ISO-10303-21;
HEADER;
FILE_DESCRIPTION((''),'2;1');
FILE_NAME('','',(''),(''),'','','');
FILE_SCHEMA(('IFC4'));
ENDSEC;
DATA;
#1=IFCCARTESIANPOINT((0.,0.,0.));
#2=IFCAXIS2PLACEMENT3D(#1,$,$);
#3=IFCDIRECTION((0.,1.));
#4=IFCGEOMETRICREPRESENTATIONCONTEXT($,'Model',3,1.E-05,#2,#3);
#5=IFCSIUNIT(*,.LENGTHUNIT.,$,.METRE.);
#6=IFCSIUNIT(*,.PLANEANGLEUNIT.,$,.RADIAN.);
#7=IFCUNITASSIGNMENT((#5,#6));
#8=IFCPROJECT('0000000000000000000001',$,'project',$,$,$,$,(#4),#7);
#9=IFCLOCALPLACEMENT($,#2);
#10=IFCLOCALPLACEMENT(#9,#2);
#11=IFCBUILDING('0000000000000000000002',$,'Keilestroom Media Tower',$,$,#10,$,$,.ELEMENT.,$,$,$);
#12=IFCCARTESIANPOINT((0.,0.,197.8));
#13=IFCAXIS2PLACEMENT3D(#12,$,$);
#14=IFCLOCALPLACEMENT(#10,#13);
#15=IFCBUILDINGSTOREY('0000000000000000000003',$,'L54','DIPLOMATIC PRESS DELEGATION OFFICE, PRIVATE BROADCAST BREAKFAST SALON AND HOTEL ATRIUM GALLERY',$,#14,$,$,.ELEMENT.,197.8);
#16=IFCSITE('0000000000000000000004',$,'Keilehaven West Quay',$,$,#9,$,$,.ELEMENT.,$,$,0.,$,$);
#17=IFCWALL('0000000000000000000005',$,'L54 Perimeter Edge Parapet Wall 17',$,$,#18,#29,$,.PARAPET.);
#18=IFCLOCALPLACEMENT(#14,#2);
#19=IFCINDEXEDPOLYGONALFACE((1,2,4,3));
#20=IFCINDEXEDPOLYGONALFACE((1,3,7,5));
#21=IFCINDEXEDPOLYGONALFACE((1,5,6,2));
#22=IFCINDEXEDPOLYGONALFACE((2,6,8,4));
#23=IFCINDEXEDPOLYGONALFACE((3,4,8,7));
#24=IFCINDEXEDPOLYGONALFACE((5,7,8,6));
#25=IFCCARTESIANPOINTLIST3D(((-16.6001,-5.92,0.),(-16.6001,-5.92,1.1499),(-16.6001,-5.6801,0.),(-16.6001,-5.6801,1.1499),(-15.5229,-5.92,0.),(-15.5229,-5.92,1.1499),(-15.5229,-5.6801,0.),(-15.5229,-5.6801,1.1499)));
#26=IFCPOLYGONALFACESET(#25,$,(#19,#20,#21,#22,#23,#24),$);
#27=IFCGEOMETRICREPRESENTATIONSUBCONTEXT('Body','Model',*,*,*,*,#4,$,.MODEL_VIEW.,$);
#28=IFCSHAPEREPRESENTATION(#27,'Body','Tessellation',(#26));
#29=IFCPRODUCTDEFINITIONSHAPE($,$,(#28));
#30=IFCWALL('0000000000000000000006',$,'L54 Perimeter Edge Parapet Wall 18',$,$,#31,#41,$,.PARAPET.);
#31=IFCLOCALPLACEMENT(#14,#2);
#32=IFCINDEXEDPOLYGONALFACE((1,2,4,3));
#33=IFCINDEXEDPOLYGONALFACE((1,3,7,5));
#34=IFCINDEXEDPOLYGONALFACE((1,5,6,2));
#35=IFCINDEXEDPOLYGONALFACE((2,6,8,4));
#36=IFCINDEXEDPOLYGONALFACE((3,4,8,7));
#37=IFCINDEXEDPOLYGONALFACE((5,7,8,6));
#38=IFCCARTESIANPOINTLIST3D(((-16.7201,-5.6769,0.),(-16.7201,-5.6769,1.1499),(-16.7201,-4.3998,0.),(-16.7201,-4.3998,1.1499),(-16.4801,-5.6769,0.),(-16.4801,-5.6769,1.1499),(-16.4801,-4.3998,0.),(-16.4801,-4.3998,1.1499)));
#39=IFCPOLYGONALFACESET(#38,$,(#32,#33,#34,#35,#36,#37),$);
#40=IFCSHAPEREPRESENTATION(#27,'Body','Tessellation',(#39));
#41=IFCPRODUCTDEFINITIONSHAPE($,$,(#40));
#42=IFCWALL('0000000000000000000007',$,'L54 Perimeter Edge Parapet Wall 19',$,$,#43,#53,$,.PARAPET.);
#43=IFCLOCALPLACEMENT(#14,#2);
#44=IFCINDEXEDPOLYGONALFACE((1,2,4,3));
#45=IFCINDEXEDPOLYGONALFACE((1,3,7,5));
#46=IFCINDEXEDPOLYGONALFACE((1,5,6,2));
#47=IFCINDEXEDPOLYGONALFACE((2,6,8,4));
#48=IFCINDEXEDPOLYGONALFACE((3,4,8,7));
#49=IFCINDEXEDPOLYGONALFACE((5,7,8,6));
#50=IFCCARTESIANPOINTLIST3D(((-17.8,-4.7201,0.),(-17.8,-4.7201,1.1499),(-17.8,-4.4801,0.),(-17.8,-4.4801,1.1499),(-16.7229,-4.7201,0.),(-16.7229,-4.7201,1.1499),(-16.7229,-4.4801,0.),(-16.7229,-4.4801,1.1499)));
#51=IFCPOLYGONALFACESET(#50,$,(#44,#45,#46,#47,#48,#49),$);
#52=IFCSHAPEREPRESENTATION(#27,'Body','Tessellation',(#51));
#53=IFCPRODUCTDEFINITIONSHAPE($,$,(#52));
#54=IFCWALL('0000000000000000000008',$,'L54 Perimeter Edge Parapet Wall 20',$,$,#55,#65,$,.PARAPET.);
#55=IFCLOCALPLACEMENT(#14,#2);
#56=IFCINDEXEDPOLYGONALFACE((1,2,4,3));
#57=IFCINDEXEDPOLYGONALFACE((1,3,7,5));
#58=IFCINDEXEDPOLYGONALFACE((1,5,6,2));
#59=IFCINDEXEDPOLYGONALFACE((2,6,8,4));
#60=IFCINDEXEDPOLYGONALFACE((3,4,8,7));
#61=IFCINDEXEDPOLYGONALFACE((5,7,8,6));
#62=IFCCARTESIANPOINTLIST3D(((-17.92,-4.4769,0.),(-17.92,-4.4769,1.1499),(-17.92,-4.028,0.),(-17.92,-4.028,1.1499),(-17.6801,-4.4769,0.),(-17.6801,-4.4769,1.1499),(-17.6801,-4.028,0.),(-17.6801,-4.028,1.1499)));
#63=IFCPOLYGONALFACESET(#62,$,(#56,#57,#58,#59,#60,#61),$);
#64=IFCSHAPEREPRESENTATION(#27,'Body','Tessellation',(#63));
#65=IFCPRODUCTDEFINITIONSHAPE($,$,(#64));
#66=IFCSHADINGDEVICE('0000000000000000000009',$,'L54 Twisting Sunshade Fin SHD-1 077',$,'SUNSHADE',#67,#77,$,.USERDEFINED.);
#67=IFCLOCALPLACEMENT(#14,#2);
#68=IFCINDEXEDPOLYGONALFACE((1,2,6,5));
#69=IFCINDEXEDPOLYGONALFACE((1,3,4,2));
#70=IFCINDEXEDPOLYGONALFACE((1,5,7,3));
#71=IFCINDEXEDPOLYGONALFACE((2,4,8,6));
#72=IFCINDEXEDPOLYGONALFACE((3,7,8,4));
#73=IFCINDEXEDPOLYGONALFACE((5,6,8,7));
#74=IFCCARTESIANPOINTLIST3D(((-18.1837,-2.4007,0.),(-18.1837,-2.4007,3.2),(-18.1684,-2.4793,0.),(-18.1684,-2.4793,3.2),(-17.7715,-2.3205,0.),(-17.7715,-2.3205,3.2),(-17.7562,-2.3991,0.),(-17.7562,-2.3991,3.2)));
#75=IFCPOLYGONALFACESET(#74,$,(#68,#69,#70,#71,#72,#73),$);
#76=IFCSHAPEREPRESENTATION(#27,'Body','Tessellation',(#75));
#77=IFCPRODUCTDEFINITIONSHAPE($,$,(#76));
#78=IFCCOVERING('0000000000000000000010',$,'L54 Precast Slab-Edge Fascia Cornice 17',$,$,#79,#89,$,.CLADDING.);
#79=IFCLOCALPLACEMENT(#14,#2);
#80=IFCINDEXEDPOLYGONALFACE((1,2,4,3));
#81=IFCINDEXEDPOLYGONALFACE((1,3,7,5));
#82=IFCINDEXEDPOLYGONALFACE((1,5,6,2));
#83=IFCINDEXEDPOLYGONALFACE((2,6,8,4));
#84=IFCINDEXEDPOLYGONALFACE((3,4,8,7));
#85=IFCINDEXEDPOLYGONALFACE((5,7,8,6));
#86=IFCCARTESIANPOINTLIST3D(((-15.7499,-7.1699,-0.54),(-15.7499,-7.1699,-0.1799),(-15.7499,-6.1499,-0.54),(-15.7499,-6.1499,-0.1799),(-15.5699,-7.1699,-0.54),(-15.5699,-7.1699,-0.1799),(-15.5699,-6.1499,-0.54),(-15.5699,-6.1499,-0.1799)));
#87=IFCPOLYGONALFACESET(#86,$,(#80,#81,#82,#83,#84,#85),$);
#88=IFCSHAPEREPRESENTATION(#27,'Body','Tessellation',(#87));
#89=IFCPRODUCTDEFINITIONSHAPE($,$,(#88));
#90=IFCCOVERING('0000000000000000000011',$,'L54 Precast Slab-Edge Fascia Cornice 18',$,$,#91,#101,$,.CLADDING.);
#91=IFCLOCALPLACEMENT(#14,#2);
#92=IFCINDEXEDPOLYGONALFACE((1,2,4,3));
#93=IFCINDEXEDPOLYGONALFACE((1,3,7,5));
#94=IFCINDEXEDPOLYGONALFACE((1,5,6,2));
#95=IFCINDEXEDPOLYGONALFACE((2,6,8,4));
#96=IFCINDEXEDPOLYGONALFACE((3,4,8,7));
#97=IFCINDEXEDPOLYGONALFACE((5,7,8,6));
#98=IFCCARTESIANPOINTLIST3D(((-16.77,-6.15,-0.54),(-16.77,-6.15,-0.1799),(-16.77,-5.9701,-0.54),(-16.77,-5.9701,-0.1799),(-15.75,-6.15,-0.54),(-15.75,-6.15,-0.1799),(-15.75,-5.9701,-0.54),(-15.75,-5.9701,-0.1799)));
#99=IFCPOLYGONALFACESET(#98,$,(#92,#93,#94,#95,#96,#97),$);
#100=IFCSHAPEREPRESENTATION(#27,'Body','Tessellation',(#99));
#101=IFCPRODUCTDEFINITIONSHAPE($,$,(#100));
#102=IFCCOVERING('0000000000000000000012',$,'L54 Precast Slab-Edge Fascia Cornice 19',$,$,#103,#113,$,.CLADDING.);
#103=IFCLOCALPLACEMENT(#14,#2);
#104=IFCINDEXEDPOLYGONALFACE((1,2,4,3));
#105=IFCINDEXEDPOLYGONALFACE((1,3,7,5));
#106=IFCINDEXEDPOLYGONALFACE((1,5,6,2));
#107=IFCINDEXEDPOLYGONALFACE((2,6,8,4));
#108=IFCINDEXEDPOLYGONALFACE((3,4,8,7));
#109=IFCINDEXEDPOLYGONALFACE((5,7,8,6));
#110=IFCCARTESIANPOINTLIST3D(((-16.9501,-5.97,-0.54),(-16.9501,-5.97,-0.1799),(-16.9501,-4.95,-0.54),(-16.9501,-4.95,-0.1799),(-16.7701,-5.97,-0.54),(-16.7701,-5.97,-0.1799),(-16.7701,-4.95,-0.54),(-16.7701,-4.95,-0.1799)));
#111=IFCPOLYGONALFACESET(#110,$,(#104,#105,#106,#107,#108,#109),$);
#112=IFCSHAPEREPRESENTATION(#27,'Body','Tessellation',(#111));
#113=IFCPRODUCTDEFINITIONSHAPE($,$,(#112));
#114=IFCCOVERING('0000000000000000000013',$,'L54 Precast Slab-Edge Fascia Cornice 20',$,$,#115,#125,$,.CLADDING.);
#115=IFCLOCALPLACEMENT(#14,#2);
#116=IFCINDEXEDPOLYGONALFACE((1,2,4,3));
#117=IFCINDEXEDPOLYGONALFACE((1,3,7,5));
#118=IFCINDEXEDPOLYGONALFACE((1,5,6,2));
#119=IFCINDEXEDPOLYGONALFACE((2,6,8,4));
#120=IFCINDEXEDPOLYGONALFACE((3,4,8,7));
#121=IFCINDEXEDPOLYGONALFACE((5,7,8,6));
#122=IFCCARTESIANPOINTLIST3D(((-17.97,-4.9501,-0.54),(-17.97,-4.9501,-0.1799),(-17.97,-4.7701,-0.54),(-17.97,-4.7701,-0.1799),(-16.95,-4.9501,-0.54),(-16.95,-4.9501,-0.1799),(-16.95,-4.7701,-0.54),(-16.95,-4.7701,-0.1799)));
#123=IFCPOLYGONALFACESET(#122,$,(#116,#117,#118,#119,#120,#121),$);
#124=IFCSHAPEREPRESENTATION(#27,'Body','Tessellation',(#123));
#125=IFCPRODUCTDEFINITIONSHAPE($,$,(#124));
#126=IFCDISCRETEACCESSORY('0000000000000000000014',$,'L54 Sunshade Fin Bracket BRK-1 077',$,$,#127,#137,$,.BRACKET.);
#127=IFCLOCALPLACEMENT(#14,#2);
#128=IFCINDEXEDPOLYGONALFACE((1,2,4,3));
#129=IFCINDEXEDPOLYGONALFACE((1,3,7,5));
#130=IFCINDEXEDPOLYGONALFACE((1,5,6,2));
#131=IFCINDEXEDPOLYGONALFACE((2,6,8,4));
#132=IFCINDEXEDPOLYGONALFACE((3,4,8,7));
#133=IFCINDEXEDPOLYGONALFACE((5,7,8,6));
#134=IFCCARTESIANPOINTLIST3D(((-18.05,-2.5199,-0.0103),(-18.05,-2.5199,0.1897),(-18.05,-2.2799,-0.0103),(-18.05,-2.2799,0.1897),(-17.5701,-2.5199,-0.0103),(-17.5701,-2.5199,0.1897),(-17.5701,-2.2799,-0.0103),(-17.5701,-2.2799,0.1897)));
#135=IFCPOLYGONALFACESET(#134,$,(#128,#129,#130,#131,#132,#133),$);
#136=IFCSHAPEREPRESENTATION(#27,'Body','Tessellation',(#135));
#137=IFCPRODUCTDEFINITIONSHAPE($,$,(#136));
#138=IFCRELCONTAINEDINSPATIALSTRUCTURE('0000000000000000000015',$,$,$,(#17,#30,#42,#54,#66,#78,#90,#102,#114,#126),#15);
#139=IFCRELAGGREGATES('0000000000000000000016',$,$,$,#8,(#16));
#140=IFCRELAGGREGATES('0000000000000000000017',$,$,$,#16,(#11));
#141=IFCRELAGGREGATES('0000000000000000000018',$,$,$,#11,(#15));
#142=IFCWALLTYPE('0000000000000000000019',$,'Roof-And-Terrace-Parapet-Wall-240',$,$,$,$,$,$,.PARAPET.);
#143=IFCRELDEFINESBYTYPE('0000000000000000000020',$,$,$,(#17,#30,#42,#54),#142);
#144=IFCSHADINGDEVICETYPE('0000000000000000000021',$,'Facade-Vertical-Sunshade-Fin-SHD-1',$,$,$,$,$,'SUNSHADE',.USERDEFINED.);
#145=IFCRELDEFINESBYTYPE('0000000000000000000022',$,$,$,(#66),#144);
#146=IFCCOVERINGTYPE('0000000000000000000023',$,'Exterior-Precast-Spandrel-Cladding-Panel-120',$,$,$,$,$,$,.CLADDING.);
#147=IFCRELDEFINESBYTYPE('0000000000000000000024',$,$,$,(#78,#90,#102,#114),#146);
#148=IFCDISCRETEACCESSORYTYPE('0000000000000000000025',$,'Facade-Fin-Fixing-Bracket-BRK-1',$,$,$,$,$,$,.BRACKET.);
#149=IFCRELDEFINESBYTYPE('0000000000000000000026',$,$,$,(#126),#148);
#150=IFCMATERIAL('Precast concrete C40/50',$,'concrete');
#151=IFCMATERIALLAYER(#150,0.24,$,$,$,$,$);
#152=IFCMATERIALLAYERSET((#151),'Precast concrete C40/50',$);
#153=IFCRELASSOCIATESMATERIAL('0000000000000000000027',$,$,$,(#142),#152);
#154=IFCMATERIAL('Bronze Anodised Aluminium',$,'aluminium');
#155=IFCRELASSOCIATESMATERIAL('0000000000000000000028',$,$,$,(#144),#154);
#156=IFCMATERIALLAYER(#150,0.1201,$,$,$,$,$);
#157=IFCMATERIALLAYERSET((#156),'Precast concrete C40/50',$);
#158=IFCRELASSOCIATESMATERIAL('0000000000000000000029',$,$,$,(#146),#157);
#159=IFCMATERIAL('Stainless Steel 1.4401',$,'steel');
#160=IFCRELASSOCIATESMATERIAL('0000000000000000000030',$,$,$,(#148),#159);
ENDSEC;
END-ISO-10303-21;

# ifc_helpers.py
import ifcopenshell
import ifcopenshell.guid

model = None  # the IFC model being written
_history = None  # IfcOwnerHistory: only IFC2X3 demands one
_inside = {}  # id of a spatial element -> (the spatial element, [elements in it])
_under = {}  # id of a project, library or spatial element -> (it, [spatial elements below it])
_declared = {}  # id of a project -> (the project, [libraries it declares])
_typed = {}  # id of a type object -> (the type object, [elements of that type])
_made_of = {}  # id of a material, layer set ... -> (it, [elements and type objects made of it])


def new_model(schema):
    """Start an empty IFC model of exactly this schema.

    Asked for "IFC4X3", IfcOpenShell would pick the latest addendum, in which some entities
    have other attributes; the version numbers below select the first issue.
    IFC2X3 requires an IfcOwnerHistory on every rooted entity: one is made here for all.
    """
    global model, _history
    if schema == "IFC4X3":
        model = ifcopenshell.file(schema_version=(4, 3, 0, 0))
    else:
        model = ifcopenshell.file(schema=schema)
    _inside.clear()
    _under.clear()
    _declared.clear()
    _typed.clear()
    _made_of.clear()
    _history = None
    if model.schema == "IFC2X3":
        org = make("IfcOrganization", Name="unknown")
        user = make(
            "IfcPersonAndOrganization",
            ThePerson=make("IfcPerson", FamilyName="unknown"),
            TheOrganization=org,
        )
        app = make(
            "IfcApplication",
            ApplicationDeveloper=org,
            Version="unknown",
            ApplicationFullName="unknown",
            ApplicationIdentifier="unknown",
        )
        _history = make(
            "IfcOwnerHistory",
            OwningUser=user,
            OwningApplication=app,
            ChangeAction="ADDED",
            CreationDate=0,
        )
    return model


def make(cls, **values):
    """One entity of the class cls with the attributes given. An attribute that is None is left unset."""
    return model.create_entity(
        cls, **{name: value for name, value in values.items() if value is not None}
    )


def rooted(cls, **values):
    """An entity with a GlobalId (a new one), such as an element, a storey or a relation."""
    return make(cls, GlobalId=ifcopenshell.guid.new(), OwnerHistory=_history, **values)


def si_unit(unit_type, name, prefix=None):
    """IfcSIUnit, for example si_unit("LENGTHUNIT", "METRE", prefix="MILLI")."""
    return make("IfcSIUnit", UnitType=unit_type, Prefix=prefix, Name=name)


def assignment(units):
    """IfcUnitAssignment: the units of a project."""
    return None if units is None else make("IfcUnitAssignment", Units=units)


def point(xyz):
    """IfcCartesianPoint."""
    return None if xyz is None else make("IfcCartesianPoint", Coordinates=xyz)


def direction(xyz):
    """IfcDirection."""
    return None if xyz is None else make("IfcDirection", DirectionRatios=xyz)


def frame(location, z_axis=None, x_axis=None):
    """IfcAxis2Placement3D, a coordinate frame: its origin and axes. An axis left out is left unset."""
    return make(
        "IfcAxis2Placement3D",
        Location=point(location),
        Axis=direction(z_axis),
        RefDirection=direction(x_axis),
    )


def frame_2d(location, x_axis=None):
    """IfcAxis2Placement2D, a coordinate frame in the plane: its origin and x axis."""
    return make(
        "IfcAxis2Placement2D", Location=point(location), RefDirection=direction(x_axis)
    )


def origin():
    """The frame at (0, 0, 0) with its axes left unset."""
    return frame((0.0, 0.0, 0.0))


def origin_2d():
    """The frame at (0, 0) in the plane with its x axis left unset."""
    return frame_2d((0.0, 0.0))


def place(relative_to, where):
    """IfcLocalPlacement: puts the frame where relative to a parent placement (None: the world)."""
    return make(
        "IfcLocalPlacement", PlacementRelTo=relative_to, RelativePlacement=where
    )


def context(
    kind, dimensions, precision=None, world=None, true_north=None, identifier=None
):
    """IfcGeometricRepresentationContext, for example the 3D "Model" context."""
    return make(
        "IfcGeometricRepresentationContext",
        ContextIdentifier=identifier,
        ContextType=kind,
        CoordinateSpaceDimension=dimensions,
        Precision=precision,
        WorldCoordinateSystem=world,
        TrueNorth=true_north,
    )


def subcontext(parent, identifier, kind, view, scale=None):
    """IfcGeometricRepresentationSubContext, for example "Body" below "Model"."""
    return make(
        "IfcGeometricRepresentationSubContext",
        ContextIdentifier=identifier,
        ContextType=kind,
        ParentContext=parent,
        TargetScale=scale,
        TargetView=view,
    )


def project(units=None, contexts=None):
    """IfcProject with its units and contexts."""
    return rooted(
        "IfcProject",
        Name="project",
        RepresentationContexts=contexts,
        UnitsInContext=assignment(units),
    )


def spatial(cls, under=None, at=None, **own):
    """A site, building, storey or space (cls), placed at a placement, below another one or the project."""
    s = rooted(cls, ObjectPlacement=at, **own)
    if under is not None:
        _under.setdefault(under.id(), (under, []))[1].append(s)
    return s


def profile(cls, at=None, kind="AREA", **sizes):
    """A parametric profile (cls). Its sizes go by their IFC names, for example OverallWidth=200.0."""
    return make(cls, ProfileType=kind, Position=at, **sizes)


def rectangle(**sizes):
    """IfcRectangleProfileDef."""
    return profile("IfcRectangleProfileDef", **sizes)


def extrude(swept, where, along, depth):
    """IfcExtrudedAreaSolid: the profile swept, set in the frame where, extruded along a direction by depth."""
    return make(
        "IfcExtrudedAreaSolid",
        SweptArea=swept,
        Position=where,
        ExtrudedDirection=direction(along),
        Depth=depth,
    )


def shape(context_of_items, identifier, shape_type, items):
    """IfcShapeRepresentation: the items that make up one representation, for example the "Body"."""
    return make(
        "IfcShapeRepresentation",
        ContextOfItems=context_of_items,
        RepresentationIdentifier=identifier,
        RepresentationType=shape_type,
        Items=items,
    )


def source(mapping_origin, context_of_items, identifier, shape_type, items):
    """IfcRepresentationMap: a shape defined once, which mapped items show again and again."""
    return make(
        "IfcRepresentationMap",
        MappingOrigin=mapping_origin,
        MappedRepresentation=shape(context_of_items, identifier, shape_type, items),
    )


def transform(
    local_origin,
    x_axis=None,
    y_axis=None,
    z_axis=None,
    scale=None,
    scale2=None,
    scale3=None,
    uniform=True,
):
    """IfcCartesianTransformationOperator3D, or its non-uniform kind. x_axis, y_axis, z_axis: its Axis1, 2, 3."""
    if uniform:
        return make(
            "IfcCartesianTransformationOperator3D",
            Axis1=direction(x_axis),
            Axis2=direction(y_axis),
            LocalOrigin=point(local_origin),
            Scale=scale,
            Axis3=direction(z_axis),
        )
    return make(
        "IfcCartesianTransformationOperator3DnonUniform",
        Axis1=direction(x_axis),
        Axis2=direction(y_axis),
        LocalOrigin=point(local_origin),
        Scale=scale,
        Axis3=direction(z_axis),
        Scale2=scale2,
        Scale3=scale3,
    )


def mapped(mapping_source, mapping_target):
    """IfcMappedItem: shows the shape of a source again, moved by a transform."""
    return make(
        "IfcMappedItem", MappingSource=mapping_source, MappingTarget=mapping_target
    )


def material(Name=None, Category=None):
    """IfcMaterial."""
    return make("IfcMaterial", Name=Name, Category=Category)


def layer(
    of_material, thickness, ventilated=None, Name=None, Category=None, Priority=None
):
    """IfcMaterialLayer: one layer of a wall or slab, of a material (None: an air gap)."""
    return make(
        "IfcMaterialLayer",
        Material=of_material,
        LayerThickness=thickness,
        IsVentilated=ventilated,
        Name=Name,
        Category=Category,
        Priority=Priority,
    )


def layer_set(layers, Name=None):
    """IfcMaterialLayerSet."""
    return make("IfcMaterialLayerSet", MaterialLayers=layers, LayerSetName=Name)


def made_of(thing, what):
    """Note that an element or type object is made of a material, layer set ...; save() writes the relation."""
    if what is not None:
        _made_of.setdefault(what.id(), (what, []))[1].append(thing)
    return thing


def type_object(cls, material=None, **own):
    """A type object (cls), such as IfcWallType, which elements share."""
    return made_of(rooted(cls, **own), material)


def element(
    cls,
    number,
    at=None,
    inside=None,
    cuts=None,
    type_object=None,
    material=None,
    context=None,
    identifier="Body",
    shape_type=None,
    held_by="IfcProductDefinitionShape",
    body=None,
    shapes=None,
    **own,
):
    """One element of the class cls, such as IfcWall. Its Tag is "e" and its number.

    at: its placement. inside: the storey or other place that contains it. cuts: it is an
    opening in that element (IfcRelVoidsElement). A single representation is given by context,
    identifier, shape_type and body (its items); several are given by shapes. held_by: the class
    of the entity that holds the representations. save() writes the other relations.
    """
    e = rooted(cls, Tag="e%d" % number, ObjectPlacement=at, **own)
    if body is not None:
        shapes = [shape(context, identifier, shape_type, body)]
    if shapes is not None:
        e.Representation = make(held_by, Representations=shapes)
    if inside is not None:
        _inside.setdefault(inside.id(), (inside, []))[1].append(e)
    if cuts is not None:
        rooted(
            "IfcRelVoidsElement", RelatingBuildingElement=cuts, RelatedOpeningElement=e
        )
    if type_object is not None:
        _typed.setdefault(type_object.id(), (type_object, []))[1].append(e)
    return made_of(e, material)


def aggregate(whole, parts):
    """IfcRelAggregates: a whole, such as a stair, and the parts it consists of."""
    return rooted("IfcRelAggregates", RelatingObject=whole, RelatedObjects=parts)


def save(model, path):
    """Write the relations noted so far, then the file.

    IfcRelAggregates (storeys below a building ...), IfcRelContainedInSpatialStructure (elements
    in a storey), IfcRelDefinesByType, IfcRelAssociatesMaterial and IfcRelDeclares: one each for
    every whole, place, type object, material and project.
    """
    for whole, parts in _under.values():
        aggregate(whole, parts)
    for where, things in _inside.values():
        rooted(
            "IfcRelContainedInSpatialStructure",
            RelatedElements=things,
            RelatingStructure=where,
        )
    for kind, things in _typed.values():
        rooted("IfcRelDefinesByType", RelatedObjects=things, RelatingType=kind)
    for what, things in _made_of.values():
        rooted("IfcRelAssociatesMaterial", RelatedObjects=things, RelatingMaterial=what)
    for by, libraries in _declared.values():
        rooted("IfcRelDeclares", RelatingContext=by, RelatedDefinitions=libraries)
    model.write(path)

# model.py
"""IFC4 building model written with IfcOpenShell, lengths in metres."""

from ifc_helpers import new_model, si_unit, direction, frame, frame_2d, origin, origin_2d, place, context, subcontext, project, spatial, rectangle, extrude, source, transform, mapped, material, layer, layer_set, type_object, element, save


model = new_model("IFC4")

# Units and contexts
model_context = context("Model", 3, precision=1e-05, world=origin(), true_north=direction((0.0, 1.0)))
body_context = subcontext(model_context, "Body", "Model", "MODEL_VIEW")
ifc_project = project(units=[si_unit("LENGTHUNIT", "METRE"), si_unit("PLANEANGLEUNIT", "RADIAN")], contexts=[model_context])

# Site, building, storey
site_placement = place(None, origin())
site = spatial("IfcSite", under=ifc_project, at=site_placement, Name="Keilehaven West Quay", CompositionType="ELEMENT", RefElevation=0.0)
building_placement = place(site_placement, origin())
building = spatial("IfcBuilding", under=site, at=building_placement, Name="Keilestroom Media Tower", CompositionType="ELEMENT")
storey_placement = place(building_placement, frame((0.0, 0.0, 197.8)))
storey = spatial("IfcBuildingStorey", under=building, at=storey_placement, Name="L54", Description="DIPLOMATIC PRESS DELEGATION OFFICE, PRIVATE BROADCAST BREAKFAST SALON AND HOTEL ATRIUM GALLERY", CompositionType="ELEMENT", Elevation=197.8)

# Shared definitions
ifc_material_1 = material(Name="Precast concrete C40/50", Category="concrete")

# Walls
ifc_layer_1 = layer(ifc_material_1, 0.24)
ifc_layer_set_1 = layer_set([ifc_layer_1], Name="Precast concrete C40/50")
wall_type = type_object("IfcWallType", Name="Roof-And-Terrace-Parapet-Wall-240", PredefinedType="PARAPET", material=ifc_layer_set_1)
wall_1_placement = place(storey_placement, frame((-15.5229, -5.8, 0.0), z_axis=(0.0, 0.0, 1.0), x_axis=(-1.0, 0.0, 0.0)))
element("IfcWall", 1, at=wall_1_placement, inside=storey, type_object=wall_type, Name="L54 Perimeter Edge Parapet Wall 17", PredefinedType="PARAPET", context=body_context, shape_type="SweptSolid", body=[
    extrude(rectangle(XDim=1.0771, YDim=0.24, at=frame_2d((0.5386, 0.0))), origin(), (0.0, 0.0, 1.0), 1.1499),
])
wall_2_placement = place(storey_placement, frame((-16.6001, -5.677, 0.0), z_axis=(0.0, 0.0, 1.0), x_axis=(0.0, 1.0, 0.0)))
element("IfcWall", 2, at=wall_2_placement, inside=storey, type_object=wall_type, Name="L54 Perimeter Edge Parapet Wall 18", PredefinedType="PARAPET", context=body_context, shape_type="SweptSolid", body=[
    extrude(rectangle(XDim=1.2771, YDim=0.24, at=frame_2d((0.6387, 0.0))), origin(), (0.0, 0.0, 1.0), 1.1499),
])
wall_3_placement = place(storey_placement, frame((-16.7229, -4.6001, 0.0), z_axis=(0.0, 0.0, 1.0), x_axis=(-1.0, 0.0, 0.0)))
element("IfcWall", 3, at=wall_3_placement, inside=storey, type_object=wall_type, Name="L54 Perimeter Edge Parapet Wall 19", PredefinedType="PARAPET", context=body_context, shape_type="SweptSolid", body=[
    extrude(rectangle(XDim=1.0771, YDim=0.24, at=frame_2d((0.5386, 0.0))), origin(), (0.0, 0.0, 1.0), 1.1499),
])
wall_4_placement = place(storey_placement, frame((-17.8, -4.4771, 0.0), z_axis=(0.0, 0.0, 1.0), x_axis=(0.0, 1.0, 0.0)))
element("IfcWall", 4, at=wall_4_placement, inside=storey, type_object=wall_type, Name="L54 Perimeter Edge Parapet Wall 20", PredefinedType="PARAPET", context=body_context, shape_type="SweptSolid", body=[
    extrude(rectangle(XDim=0.449, YDim=0.24, at=frame_2d((0.2246, 0.0))), origin(), (0.0, 0.0, 1.0), 1.1499),
])

# Shading device
ifc_material_2 = material(Name="Bronze Anodised Aluminium", Category="aluminium")
shading_device_type = type_object("IfcShadingDeviceType", Name="Facade-Vertical-Sunshade-Fin-SHD-1", ElementType="SUNSHADE", PredefinedType="USERDEFINED", material=ifc_material_2)
shared_shape_1 = source(origin(), body_context, "Body", "SweptSolid", [
    extrude(rectangle(XDim=0.4199, YDim=0.0801, at=origin_2d()), origin(), (0.0, 0.0, 1.0), 3.2),
])
shading_device_placement = place(storey_placement, frame((-17.97, -2.3999, 0.0), z_axis=(0.0, 0.0, 1.0), x_axis=(0.981561, 0.191152, 0.0)))
element("IfcShadingDevice", 5, at=shading_device_placement, inside=storey, type_object=shading_device_type, Name="L54 Twisting Sunshade Fin SHD-1 077", ObjectType="SUNSHADE", PredefinedType="USERDEFINED", context=body_context, shape_type="MappedRepresentation", body=[
    mapped(shared_shape_1, transform((0.0, 0.0, 0.0), x_axis=(1.0, 0.0, 0.0), y_axis=(0.0, 1.0, 0.0), z_axis=(0.0, 0.0, 1.0), scale=1.0)),
])

# Coverings
ifc_layer_2 = layer(ifc_material_1, 0.1201)
ifc_layer_set_2 = layer_set([ifc_layer_2], Name="Precast concrete C40/50")
covering_type = type_object("IfcCoveringType", Name="Exterior-Precast-Spandrel-Cladding-Panel-120", PredefinedType="CLADDING", material=ifc_layer_set_2)
shared_shape_2 = source(origin(), body_context, "Body", "SweptSolid", [
    extrude(rectangle(XDim=1.02, YDim=0.1799, at=origin_2d()), origin(), (0.0, 0.0, 1.0), 0.3601),
])
for number, where, z_axis, x_axis, name in (
    (6, (-15.6599, -6.6599, -0.54), (0.0, 0.0, 1.0), (0.0, 1.0, 0.0), "L54 Precast Slab-Edge Fascia Cornice 17"),
    (7, (-16.26, -6.0601, -0.54), (0.0, 0.0, 1.0), (-1.0, 0.0, 0.0), "L54 Precast Slab-Edge Fascia Cornice 18"),
    (8, (-16.8601, -5.46, -0.54), (0.0, 0.0, 1.0), (0.0, 1.0, 0.0), "L54 Precast Slab-Edge Fascia Cornice 19"),
    (9, (-17.46, -4.8601, -0.54), (0.0, 0.0, 1.0), (-1.0, 0.0, 0.0), "L54 Precast Slab-Edge Fascia Cornice 20"),
):
    element("IfcCovering", number, at=place(storey_placement, frame(where, z_axis=z_axis, x_axis=x_axis)), inside=storey, type_object=covering_type, Name=name, PredefinedType="CLADDING", context=body_context, shape_type="MappedRepresentation", body=[
        mapped(shared_shape_2, transform((0.0, 0.0, 0.0), x_axis=(1.0, 0.0, 0.0), y_axis=(0.0, 1.0, 0.0), z_axis=(0.0, 0.0, 1.0), scale=1.0)),
    ])

# Discrete accessory
ifc_material_3 = material(Name="Stainless Steel 1.4401", Category="steel")
discrete_accessory_type = type_object("IfcDiscreteAccessoryType", Name="Facade-Fin-Fixing-Bracket-BRK-1", PredefinedType="BRACKET", material=ifc_material_3)
shared_shape_3 = source(origin(), body_context, "Body", "SweptSolid", [
    extrude(rectangle(XDim=0.48, YDim=0.24, at=origin_2d()), origin(), (0.0, 0.0, 1.0), 0.2),
])
discrete_accessory_placement = place(storey_placement, frame((-17.8101, -2.3999, -0.0103), z_axis=(0.0, 0.0, 1.0), x_axis=(1.0, 0.0, 0.0)))
element("IfcDiscreteAccessory", 10, at=discrete_accessory_placement, inside=storey, type_object=discrete_accessory_type, Name="L54 Sunshade Fin Bracket BRK-1 077", PredefinedType="BRACKET", context=body_context, shape_type="MappedRepresentation", body=[
    mapped(shared_shape_3, transform((0.0, 0.0, 0.0), x_axis=(1.0, 0.0, 0.0), y_axis=(0.0, 1.0, 0.0), z_axis=(0.0, 0.0, 1.0), scale=1.0)),
])

save(model, "model.ifc")
